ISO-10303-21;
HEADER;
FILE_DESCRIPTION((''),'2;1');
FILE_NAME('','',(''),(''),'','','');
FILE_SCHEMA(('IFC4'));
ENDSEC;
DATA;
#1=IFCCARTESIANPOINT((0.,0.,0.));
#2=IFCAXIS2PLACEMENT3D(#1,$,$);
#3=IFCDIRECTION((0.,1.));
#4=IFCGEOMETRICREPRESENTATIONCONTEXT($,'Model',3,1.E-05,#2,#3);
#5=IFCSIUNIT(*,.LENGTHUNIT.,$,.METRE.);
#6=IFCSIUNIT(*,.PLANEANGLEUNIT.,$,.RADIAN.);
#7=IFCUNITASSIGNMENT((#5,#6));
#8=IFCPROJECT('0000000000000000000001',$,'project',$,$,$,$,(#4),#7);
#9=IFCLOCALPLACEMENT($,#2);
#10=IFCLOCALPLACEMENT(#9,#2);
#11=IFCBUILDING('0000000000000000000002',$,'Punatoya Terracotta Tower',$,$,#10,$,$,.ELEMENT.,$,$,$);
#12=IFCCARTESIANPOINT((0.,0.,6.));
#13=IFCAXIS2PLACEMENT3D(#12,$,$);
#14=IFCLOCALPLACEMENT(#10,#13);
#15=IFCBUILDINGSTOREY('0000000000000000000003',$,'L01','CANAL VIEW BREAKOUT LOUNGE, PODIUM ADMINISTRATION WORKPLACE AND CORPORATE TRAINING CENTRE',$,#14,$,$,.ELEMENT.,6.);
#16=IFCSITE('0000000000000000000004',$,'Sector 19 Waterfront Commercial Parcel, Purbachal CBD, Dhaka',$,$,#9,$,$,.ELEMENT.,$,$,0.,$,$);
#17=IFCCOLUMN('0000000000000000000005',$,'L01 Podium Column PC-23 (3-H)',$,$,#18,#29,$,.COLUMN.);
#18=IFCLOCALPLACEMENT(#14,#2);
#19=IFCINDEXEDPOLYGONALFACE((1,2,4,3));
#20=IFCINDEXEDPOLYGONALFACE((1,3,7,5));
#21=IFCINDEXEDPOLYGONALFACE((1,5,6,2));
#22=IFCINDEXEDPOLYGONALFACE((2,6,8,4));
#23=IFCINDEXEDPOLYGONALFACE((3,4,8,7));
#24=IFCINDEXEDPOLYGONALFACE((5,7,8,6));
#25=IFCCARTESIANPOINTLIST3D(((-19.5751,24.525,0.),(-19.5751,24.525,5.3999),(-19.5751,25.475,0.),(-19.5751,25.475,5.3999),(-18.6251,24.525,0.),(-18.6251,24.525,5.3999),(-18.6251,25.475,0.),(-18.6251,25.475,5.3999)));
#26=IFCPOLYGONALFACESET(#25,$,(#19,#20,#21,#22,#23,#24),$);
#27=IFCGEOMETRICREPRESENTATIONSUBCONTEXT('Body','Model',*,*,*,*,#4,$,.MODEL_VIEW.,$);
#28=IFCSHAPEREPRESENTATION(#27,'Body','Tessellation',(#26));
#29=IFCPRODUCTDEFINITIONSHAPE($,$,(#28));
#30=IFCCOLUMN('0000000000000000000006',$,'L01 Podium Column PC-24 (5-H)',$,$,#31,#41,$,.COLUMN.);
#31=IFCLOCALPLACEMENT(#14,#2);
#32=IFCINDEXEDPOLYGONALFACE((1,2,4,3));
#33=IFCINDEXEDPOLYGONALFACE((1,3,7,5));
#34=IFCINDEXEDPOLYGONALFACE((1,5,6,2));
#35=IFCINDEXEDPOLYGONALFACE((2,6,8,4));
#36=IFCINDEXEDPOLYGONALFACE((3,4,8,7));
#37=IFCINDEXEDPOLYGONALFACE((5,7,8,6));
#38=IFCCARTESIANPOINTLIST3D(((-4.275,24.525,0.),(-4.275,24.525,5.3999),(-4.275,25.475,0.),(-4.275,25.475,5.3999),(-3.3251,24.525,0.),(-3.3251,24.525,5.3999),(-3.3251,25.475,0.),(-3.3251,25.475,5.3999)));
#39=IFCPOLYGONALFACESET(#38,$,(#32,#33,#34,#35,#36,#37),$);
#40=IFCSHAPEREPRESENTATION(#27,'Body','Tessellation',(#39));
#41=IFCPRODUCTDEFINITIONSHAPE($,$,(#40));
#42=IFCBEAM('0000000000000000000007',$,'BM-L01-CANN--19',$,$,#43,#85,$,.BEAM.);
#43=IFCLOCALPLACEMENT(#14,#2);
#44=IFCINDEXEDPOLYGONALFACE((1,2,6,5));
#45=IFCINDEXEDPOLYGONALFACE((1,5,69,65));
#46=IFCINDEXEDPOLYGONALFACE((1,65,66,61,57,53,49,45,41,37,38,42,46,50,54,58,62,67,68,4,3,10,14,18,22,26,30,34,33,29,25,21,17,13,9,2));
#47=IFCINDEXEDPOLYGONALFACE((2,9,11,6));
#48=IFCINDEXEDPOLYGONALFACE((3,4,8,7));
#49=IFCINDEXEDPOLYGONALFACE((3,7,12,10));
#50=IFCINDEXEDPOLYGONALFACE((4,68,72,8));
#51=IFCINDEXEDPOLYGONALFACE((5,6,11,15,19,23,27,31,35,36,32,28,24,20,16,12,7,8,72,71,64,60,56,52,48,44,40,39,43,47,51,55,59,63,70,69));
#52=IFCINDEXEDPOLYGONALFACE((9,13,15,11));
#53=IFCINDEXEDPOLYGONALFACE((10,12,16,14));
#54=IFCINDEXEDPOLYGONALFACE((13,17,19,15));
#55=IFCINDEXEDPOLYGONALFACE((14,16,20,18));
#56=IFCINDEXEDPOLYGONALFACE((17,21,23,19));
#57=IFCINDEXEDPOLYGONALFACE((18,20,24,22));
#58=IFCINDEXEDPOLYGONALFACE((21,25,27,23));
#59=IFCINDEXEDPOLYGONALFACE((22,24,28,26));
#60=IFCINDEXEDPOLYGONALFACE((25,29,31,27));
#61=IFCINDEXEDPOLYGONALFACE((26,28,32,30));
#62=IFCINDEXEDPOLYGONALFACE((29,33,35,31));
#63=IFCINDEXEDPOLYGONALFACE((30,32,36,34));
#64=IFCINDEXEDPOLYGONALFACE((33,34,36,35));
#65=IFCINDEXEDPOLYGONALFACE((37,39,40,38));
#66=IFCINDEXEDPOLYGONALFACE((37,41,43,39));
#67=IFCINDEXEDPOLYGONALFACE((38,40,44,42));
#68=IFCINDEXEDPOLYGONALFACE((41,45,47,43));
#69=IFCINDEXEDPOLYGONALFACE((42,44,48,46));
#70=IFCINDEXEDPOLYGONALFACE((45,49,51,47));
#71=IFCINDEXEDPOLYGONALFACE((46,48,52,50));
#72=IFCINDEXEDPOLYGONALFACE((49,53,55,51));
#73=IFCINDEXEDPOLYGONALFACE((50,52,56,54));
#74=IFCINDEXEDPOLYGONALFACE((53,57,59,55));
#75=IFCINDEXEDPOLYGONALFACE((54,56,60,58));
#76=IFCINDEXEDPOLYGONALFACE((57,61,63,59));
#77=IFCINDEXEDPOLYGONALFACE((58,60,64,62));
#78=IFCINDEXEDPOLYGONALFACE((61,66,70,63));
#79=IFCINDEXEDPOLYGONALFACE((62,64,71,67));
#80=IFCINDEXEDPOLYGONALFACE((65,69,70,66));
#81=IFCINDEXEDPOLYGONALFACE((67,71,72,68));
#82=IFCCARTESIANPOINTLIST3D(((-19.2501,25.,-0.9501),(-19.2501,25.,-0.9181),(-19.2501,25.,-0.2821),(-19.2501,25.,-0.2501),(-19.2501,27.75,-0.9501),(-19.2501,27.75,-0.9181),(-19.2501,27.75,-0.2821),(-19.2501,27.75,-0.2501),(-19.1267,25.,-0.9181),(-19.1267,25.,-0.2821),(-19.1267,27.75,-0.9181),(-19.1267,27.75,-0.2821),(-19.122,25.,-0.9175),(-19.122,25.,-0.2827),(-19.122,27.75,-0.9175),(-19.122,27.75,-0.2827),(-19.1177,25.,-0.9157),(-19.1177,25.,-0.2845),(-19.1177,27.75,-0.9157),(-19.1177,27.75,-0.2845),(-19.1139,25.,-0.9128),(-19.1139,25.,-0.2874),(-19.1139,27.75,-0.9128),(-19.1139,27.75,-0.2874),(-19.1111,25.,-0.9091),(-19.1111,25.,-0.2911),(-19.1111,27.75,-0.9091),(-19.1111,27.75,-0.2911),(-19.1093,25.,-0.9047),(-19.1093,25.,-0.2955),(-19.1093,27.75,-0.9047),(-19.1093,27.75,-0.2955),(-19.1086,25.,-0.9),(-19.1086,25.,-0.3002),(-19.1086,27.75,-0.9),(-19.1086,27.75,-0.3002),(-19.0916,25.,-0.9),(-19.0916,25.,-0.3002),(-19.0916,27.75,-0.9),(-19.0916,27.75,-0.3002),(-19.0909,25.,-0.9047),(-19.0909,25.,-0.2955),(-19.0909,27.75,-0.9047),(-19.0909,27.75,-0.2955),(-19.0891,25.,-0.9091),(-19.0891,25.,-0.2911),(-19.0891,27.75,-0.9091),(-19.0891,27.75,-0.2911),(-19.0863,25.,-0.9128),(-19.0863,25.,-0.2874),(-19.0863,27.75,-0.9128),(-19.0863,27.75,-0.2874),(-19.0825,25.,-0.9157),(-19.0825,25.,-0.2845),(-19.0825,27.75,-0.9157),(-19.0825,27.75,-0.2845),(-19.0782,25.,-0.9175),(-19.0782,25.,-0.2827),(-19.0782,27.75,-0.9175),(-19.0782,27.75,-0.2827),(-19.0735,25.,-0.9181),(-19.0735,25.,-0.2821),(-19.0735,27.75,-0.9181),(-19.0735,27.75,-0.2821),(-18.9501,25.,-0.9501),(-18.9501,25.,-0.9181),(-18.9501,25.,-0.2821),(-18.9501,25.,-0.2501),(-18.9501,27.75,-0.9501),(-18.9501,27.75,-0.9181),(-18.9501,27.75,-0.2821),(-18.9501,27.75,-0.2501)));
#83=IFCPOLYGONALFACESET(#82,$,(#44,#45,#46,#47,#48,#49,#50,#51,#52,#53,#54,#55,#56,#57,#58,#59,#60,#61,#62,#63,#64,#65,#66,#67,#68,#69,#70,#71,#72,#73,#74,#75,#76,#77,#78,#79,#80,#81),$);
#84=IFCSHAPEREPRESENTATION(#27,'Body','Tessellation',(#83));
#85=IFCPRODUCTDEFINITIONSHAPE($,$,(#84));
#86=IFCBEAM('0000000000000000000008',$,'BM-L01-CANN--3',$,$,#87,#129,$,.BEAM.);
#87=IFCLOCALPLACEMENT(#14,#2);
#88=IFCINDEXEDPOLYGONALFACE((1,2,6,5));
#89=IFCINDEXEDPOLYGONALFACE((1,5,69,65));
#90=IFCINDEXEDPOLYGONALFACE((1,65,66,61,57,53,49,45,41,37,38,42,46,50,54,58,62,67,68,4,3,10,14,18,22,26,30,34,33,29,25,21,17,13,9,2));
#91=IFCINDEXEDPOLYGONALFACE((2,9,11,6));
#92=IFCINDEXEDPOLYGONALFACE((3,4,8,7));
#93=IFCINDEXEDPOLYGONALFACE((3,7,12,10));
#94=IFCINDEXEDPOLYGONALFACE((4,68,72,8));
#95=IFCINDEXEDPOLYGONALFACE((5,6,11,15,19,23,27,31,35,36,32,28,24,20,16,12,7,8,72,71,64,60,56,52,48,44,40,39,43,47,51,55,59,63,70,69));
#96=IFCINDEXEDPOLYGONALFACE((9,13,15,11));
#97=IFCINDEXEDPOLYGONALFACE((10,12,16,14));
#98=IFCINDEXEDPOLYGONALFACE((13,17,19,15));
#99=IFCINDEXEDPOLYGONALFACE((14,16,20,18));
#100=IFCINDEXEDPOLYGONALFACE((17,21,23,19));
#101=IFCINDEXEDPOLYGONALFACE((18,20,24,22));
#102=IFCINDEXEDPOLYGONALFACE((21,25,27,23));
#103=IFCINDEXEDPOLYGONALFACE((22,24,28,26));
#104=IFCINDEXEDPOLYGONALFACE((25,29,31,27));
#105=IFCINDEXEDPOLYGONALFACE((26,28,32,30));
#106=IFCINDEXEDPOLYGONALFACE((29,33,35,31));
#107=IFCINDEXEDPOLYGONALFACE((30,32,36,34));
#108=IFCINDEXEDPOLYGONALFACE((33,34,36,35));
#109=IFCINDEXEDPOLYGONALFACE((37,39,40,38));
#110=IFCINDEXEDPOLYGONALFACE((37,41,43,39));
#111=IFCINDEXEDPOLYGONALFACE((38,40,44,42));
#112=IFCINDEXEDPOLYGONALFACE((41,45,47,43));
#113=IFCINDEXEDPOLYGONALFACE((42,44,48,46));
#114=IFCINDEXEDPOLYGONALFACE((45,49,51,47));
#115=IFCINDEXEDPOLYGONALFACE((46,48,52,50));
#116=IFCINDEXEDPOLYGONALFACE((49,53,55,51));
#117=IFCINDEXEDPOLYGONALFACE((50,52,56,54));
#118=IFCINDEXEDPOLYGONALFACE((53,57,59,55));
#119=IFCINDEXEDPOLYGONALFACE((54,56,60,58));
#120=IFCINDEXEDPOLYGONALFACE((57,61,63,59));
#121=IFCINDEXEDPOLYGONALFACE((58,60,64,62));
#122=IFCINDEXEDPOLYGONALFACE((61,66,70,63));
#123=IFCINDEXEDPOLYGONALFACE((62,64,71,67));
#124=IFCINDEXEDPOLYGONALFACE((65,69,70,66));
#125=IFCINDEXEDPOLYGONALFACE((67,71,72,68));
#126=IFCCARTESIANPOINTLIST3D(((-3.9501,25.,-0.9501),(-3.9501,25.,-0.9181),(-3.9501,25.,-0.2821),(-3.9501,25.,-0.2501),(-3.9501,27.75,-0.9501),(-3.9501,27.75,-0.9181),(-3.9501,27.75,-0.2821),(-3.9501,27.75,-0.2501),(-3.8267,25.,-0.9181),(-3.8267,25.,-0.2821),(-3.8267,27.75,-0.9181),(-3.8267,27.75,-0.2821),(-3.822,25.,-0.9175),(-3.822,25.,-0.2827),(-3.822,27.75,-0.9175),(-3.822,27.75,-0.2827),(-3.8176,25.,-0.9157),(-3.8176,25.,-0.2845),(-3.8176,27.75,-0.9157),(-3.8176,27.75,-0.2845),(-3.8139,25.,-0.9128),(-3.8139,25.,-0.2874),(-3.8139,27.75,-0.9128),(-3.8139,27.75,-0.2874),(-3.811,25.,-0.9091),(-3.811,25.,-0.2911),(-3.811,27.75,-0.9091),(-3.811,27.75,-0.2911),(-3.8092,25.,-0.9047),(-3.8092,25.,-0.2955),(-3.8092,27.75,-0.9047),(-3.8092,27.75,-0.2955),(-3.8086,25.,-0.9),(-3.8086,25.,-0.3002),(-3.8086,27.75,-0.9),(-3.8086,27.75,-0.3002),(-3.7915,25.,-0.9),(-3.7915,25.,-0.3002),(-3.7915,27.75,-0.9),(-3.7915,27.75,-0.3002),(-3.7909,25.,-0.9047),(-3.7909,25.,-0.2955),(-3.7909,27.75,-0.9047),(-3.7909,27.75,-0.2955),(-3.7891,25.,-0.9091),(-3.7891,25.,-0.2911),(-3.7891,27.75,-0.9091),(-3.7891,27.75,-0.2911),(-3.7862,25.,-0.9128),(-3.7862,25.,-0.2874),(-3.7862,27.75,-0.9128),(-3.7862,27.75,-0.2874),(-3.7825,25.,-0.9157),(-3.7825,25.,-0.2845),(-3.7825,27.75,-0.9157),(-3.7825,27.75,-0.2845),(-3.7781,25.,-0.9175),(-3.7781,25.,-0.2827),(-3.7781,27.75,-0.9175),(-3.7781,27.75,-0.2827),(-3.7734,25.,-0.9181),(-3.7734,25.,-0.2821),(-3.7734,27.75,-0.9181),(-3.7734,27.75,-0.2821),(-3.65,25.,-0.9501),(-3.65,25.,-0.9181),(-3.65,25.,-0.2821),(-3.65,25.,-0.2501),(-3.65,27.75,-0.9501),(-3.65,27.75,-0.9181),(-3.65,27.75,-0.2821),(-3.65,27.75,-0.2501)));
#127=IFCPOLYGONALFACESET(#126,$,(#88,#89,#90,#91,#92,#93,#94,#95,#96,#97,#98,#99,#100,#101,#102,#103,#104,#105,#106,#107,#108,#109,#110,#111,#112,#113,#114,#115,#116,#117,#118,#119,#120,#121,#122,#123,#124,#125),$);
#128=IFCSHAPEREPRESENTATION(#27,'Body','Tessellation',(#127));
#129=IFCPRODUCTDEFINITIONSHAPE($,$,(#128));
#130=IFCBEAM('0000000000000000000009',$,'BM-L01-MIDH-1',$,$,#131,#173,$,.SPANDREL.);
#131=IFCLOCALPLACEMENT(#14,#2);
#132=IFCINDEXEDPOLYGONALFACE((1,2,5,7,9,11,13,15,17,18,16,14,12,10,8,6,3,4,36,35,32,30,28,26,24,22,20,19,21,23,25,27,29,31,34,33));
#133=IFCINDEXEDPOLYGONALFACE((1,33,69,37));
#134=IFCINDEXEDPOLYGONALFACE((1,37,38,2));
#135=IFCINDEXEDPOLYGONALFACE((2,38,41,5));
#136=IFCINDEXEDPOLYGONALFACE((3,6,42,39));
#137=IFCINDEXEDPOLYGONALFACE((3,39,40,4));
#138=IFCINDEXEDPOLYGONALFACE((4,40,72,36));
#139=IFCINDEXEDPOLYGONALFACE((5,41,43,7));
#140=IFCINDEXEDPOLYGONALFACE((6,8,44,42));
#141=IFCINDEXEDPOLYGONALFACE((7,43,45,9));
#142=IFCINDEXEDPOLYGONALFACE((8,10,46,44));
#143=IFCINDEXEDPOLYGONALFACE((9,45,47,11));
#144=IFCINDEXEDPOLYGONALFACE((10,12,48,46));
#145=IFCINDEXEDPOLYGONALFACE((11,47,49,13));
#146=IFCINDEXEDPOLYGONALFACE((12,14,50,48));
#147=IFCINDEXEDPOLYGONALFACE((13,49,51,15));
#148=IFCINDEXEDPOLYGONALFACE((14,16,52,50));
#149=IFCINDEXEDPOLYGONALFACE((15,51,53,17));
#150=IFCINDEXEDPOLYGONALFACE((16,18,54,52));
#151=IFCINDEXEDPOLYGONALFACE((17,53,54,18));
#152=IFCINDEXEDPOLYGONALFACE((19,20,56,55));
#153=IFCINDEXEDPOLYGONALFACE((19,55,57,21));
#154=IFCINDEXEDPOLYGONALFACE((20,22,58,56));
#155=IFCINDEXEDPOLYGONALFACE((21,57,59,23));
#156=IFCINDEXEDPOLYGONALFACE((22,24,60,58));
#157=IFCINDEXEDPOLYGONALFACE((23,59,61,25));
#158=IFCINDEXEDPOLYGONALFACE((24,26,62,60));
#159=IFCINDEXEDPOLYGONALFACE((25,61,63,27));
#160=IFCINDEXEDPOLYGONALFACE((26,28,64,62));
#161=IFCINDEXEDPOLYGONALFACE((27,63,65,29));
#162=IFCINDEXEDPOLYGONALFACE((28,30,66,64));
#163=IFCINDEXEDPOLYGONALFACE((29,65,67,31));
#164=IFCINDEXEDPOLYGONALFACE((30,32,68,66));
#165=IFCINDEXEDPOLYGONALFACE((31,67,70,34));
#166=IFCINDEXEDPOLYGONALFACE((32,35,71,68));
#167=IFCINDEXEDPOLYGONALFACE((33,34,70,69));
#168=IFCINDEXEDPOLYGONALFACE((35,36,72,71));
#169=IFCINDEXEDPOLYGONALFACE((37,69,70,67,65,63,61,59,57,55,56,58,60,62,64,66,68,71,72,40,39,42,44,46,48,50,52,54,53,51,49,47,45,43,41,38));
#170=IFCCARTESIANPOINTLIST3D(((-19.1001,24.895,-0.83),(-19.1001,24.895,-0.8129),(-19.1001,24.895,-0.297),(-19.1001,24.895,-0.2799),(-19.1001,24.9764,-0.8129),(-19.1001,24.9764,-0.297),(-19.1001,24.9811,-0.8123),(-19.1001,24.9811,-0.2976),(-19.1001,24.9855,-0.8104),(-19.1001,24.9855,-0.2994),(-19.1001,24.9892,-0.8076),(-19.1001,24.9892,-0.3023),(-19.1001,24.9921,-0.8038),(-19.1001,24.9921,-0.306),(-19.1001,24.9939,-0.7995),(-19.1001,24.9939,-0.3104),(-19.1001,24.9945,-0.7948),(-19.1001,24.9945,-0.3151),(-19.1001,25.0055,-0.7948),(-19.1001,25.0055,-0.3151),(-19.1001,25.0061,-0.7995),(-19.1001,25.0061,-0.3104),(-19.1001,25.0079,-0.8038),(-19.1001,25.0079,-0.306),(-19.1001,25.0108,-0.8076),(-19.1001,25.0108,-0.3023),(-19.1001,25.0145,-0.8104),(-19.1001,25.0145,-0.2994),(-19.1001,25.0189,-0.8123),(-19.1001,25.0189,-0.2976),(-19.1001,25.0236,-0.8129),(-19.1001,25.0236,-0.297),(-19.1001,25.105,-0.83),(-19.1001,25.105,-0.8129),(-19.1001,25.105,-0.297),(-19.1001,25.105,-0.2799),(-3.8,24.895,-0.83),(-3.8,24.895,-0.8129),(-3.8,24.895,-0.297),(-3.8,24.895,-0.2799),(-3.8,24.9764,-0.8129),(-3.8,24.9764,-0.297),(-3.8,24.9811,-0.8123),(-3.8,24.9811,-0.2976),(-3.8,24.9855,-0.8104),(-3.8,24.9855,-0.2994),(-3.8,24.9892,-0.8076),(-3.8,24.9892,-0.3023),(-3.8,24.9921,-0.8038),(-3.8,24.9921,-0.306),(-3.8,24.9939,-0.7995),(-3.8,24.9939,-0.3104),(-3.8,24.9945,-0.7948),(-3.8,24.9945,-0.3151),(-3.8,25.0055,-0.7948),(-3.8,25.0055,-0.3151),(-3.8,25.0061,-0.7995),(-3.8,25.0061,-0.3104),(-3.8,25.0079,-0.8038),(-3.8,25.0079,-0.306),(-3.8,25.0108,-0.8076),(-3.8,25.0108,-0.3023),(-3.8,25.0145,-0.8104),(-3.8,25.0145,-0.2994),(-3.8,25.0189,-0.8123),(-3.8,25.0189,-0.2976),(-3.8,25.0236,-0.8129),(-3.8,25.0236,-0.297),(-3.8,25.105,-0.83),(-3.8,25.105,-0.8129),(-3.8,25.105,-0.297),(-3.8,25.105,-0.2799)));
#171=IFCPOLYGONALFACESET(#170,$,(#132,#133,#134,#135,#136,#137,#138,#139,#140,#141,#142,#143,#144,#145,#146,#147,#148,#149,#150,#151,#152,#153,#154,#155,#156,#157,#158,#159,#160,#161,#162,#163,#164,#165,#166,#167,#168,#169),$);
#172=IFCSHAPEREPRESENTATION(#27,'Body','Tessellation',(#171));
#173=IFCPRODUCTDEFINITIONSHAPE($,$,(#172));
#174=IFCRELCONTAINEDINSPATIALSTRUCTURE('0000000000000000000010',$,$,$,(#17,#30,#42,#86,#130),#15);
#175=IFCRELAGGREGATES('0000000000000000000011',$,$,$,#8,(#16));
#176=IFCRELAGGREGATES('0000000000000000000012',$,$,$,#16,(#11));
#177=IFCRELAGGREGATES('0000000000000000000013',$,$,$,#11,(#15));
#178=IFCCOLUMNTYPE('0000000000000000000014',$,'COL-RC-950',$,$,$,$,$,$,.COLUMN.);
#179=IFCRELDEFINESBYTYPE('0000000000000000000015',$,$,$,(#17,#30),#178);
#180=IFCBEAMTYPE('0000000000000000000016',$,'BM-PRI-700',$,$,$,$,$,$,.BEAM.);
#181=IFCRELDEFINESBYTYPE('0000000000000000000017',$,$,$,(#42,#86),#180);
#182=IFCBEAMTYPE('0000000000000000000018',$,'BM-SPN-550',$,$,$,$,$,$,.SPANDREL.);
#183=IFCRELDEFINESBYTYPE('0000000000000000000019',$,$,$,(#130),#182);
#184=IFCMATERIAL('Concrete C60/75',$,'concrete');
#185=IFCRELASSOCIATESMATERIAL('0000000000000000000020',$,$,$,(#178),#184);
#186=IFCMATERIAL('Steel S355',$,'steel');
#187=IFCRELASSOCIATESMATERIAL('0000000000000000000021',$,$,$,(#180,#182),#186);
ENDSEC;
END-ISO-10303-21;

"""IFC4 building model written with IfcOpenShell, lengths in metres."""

from ifc_helpers import new_model, si_unit, direction, frame, origin, origin_2d, place, context, subcontext, project, spatial, rectangle, i_section, extrude, material, material_profile, profile_set, type_object, element, save


model = new_model("IFC4")

# Units and contexts
model_context = context("Model", 3, precision=1e-05, world=origin(), true_north=direction((0.0, 1.0)))
body_context = subcontext(model_context, "Body", "Model", "MODEL_VIEW")
ifc_project = project(units=[si_unit("LENGTHUNIT", "METRE"), si_unit("PLANEANGLEUNIT", "RADIAN")], contexts=[model_context])

# Site, building, storey
site_placement = place(None, origin())
site = spatial("IfcSite", under=ifc_project, at=site_placement, Name="Sector 19 Waterfront Commercial Parcel, Purbachal CBD, Dhaka", CompositionType="ELEMENT", RefElevation=0.0)
building_placement = place(site_placement, origin())
building = spatial("IfcBuilding", under=site, at=building_placement, Name="Punatoya Terracotta Tower", CompositionType="ELEMENT")
storey_placement = place(building_placement, frame((0.0, 0.0, 6.0)))
storey = spatial("IfcBuildingStorey", under=building, at=storey_placement, Name="L01", Description="CANAL VIEW BREAKOUT LOUNGE, PODIUM ADMINISTRATION WORKPLACE AND CORPORATE TRAINING CENTRE", CompositionType="ELEMENT", Elevation=6.0)

# Columns
ifc_material_1 = material(Name="Concrete C60/75", Category="concrete")
ifc_material_profile_1 = material_profile(ifc_material_1, rectangle(XDim=0.95, YDim=0.95, at=origin_2d()))
ifc_profile_set_1 = profile_set([ifc_material_profile_1], Name="Concrete C60/75")
column_type = type_object("IfcColumnType", Name="COL-RC-950", PredefinedType="COLUMN", material=ifc_profile_set_1)
for number, where, z_axis, x_axis, name in (
    (1, (-19.1001, 25.0, 0.0), (0.0, 0.0, 1.0), (1.0, 0.0, 0.0), "L01 Podium Column PC-23 (3-H)"),
    (2, (-3.8, 25.0, 0.0), (0.0, 0.0, 1.0), (1.0, 0.0, 0.0), "L01 Podium Column PC-24 (5-H)"),
):
    element("IfcColumn", number, at=place(storey_placement, frame(where, z_axis=z_axis, x_axis=x_axis)), inside=storey, type_object=column_type, Name=name, PredefinedType="COLUMN", context=body_context, shape_type="SweptSolid", body=[
        extrude(rectangle(XDim=0.95, YDim=0.95, at=origin_2d()), origin(), (0.0, 0.0, 1.0), 5.3999),
    ])

# Beams
ifc_material_2 = material(Name="Steel S355", Category="steel")
ifc_material_profile_2 = material_profile(ifc_material_2, i_section(OverallWidth=0.3, OverallDepth=0.7, WebThickness=0.0171, FlangeThickness=0.032, FilletRadius=0.0181, at=origin_2d()))
ifc_profile_set_2 = profile_set([ifc_material_profile_2], Name="Steel S355")
beam_type_1 = type_object("IfcBeamType", Name="BM-PRI-700", PredefinedType="BEAM", material=ifc_profile_set_2)
for number, where, z_axis, x_axis, name in (
    (3, (-19.1001, 25.0, -0.6001), (0.0, 1.0, 0.0), (-1.0, 0.0, 0.0), "BM-L01-CANN--19"),
    (4, (-3.8, 25.0, -0.6001), (0.0, 1.0, 0.0), (-1.0, 0.0, 0.0), "BM-L01-CANN--3"),
):
    element("IfcBeam", number, at=place(storey_placement, frame(where, z_axis=z_axis, x_axis=x_axis)), inside=storey, type_object=beam_type_1, Name=name, PredefinedType="BEAM", context=body_context, shape_type="SweptSolid", body=[
        extrude(i_section(OverallWidth=0.3, OverallDepth=0.7, WebThickness=0.0171, FlangeThickness=0.032, FilletRadius=0.0181, at=origin_2d()), origin(), (0.0, 0.0, 1.0), 2.75),
    ])
ifc_material_profile_3 = material_profile(ifc_material_2, i_section(OverallWidth=0.21, OverallDepth=0.55, WebThickness=0.011, FlangeThickness=0.0171, FilletRadius=0.0181, at=origin_2d()))
ifc_profile_set_3 = profile_set([ifc_material_profile_3], Name="Steel S355")
beam_type_2 = type_object("IfcBeamType", Name="BM-SPN-550", PredefinedType="SPANDREL", material=ifc_profile_set_3)
beam_1_placement = place(storey_placement, frame((-19.1001, 25.0, -0.5549), z_axis=(1.0, 0.0, 0.0), x_axis=(0.0, 1.0, 0.0)))
element("IfcBeam", 5, at=beam_1_placement, inside=storey, type_object=beam_type_2, Name="BM-L01-MIDH-1", PredefinedType="SPANDREL", context=body_context, shape_type="SweptSolid", body=[
    extrude(i_section(OverallWidth=0.21, OverallDepth=0.55, WebThickness=0.011, FlangeThickness=0.0171, FilletRadius=0.0181, at=origin_2d()), origin(), (0.0, 0.0, 1.0), 15.3),
])

save(model, "model.ifc")
